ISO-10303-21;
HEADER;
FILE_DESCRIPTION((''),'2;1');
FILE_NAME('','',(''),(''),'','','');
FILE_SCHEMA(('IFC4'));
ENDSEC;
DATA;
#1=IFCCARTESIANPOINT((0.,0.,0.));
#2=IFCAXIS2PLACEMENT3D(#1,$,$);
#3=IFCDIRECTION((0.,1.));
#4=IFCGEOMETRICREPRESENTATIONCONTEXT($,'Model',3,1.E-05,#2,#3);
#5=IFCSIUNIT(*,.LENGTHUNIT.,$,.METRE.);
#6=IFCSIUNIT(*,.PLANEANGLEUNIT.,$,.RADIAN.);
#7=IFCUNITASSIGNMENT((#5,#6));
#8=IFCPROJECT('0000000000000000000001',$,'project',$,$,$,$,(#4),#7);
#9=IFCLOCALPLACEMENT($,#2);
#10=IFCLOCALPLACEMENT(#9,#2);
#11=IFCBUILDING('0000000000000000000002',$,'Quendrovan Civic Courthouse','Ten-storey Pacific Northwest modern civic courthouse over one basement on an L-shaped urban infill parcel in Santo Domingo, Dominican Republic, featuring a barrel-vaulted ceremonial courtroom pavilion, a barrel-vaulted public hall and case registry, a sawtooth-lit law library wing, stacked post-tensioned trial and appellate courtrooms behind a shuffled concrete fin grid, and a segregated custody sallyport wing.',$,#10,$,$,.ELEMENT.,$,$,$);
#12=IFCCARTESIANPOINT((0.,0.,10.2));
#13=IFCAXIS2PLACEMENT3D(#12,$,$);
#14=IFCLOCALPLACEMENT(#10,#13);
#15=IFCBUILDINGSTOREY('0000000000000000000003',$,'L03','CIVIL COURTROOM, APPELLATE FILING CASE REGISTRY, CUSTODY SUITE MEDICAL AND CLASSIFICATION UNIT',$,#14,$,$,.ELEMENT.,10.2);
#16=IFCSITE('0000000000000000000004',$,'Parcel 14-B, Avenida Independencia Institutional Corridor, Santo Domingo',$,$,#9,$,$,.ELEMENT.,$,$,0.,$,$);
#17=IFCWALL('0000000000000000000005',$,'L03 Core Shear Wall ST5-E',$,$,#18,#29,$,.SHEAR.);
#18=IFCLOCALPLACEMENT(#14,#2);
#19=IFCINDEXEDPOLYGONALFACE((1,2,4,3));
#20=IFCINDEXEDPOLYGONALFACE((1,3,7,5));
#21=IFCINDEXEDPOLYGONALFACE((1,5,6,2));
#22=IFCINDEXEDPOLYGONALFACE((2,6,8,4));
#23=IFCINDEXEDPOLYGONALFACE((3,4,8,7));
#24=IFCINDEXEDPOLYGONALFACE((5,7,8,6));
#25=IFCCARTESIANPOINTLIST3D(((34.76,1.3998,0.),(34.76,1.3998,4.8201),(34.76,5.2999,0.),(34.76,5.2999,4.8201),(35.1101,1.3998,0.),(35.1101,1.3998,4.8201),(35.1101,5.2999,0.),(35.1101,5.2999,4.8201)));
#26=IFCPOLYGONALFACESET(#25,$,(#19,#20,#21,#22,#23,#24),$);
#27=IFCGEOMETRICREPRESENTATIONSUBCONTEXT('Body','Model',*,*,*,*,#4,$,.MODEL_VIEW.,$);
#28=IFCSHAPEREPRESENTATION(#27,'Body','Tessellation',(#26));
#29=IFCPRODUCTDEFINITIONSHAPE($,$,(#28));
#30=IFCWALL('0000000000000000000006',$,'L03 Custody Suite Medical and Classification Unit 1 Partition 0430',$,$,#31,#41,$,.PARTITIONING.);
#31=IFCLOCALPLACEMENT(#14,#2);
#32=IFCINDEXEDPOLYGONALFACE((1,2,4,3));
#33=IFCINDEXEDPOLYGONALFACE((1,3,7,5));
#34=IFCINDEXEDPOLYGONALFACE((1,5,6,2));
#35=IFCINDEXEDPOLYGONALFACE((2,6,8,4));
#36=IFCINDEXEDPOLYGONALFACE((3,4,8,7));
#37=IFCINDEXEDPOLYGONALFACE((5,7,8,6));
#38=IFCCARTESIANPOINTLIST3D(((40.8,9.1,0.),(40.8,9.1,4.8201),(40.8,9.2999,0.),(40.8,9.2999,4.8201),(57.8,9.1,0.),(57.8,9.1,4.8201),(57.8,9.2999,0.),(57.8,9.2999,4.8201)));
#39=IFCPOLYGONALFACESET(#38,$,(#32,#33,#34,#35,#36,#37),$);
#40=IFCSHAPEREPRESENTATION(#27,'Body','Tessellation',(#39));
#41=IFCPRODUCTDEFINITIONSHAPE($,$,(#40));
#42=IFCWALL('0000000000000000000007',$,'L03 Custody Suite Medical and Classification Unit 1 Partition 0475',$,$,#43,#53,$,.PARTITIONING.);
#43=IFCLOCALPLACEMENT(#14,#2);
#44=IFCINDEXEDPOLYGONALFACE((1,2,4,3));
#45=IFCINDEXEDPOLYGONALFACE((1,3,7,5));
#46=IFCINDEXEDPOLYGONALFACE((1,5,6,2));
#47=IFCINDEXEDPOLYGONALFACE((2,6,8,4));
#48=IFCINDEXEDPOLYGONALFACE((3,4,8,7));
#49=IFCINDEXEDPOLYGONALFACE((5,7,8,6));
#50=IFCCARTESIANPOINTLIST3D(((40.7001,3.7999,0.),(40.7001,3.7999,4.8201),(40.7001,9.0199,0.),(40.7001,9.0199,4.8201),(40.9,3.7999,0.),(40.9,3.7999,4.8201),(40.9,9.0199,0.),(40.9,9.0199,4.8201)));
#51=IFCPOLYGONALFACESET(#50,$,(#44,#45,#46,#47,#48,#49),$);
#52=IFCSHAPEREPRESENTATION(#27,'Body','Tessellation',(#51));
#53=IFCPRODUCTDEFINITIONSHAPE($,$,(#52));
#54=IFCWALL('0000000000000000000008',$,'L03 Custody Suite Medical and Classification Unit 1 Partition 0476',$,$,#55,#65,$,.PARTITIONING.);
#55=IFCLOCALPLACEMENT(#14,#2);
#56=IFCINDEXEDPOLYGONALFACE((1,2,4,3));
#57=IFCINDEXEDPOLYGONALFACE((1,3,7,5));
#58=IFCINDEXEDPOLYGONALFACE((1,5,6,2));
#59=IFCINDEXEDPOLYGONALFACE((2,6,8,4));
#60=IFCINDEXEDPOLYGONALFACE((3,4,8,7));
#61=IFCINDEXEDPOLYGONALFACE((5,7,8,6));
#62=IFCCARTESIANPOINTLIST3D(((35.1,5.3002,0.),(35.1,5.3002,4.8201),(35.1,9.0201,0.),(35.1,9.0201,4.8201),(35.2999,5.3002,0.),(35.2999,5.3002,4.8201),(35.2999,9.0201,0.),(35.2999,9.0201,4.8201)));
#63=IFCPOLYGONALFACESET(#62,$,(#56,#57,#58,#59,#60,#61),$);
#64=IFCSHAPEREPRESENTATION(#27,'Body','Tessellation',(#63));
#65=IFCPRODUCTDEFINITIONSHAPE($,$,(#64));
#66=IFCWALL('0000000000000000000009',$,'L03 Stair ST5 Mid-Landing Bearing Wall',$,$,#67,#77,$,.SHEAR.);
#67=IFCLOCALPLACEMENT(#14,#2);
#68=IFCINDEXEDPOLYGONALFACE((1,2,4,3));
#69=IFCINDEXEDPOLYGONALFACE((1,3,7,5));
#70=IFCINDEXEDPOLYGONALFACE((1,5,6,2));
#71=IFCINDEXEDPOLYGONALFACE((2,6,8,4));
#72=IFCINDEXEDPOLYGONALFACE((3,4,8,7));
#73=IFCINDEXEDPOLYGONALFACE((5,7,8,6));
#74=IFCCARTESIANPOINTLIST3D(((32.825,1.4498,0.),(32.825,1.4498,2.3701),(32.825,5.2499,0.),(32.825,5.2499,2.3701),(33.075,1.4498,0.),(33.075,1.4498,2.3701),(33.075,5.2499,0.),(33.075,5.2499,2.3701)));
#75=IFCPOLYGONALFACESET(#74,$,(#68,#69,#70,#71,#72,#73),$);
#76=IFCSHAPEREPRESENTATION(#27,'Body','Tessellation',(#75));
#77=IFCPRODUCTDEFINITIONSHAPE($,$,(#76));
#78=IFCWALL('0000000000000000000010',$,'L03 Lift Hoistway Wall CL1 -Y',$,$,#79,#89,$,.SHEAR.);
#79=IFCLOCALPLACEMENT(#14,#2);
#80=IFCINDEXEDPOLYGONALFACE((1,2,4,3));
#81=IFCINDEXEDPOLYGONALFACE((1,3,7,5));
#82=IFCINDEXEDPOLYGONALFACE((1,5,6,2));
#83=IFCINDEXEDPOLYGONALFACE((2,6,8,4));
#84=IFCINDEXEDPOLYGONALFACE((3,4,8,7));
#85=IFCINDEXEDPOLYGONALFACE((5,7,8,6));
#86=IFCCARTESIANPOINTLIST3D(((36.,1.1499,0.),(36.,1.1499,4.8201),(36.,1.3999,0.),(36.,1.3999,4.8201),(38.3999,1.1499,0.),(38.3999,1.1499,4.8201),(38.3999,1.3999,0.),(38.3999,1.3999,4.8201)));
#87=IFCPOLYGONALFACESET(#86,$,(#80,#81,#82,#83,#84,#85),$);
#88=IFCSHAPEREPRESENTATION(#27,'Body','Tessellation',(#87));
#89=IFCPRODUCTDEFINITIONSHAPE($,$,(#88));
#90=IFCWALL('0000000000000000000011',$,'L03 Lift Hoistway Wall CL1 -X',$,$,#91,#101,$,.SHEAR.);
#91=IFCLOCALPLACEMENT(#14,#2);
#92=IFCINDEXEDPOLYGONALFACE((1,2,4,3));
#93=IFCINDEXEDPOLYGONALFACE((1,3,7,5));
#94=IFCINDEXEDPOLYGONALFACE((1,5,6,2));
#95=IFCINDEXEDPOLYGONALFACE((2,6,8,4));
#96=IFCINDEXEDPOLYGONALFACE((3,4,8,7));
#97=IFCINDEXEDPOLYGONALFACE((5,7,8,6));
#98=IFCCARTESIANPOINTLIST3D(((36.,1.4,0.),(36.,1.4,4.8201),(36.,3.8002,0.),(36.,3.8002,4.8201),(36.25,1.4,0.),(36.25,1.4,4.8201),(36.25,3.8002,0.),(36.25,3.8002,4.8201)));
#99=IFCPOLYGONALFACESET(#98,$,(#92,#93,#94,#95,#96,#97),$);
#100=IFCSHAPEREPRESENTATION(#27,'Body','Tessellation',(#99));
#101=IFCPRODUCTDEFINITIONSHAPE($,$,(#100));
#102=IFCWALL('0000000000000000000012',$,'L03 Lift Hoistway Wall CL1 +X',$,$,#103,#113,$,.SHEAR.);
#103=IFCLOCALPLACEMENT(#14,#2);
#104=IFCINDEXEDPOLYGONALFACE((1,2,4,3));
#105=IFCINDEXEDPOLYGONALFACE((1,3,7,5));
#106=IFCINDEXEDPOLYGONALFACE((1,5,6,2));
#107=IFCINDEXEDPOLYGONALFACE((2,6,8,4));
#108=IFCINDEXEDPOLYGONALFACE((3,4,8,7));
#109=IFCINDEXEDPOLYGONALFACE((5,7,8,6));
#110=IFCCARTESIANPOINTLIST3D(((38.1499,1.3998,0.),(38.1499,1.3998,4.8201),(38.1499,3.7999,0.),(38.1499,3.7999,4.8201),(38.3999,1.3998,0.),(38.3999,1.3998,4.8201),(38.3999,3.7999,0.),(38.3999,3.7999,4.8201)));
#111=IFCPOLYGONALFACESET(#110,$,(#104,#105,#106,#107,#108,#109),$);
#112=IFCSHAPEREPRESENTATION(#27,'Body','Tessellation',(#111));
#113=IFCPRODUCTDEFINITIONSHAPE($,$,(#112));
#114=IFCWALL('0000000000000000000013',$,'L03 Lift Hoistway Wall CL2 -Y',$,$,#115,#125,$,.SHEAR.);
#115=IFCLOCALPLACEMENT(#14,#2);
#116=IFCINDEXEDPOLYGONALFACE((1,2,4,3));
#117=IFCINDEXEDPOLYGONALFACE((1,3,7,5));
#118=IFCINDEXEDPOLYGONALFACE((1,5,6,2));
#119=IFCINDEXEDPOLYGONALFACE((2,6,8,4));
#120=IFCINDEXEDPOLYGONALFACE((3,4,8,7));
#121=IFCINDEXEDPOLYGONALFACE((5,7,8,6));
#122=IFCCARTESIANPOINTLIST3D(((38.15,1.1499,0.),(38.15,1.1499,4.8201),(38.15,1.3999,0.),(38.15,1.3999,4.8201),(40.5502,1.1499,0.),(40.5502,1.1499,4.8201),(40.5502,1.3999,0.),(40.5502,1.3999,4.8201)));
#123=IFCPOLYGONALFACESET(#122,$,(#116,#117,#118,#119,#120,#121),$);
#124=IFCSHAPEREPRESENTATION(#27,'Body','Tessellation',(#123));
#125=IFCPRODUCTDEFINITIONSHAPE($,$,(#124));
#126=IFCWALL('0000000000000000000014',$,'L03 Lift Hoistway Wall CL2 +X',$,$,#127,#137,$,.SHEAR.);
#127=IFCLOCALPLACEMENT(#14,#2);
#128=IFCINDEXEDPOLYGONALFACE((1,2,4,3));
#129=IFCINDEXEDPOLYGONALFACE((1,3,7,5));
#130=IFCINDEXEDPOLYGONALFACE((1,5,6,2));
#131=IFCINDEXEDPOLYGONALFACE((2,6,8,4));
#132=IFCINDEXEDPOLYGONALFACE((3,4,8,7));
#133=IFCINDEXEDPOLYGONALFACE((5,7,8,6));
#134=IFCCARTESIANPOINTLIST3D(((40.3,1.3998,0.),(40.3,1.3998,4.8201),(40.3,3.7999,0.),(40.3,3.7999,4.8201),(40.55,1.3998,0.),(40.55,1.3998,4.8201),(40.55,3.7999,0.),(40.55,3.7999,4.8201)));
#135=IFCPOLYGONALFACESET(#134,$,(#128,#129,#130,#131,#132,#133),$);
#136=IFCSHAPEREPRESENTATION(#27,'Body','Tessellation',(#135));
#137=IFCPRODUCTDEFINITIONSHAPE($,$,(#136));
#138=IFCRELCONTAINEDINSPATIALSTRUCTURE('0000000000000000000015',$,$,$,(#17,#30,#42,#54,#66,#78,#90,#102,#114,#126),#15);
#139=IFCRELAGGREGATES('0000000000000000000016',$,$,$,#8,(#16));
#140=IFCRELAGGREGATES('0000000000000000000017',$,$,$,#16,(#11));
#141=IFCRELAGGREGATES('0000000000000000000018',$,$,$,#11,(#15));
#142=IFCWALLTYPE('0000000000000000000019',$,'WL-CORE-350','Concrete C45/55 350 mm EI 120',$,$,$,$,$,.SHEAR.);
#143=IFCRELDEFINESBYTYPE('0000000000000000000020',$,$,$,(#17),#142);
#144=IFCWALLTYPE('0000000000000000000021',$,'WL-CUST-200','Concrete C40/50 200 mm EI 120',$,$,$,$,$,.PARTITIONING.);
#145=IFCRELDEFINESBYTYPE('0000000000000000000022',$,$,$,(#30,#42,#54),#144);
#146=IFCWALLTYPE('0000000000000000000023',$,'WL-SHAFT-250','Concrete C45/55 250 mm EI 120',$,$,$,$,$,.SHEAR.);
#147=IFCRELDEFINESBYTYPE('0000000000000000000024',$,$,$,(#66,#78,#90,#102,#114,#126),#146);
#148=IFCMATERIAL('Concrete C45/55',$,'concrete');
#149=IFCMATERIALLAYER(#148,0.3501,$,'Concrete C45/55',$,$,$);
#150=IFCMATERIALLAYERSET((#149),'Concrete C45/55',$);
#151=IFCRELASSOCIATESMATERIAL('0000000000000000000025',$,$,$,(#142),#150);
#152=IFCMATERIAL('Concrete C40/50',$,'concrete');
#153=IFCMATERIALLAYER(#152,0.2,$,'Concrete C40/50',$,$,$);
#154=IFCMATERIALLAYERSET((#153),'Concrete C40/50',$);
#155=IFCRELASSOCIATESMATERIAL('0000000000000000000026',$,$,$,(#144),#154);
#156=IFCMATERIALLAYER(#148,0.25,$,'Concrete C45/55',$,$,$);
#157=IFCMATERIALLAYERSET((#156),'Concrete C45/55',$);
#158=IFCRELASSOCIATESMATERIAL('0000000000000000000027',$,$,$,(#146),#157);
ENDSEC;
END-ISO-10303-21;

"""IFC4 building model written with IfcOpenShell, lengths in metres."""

from ifc_helpers import new_model, si_unit, direction, frame, frame_2d, origin, place, context, subcontext, project, spatial, rectangle, extrude, material, layer, layer_set, type_object, element, save


model = new_model("IFC4")

# Units and contexts
model_context = context("Model", 3, precision=1e-05, world=origin(), true_north=direction((0.0, 1.0)))
body_context = subcontext(model_context, "Body", "Model", "MODEL_VIEW")
ifc_project = project(units=[si_unit("LENGTHUNIT", "METRE"), si_unit("PLANEANGLEUNIT", "RADIAN")], contexts=[model_context])

# Site, building, storey
site_placement = place(None, origin())
site = spatial("IfcSite", under=ifc_project, at=site_placement, Name="Parcel 14-B, Avenida Independencia Institutional Corridor, Santo Domingo", CompositionType="ELEMENT", RefElevation=0.0)
building_placement = place(site_placement, origin())
building = spatial("IfcBuilding", under=site, at=building_placement, Name="Quendrovan Civic Courthouse", Description="Ten-storey Pacific Northwest modern civic courthouse over one basement on an L-shaped urban infill parcel in Santo Domingo, Dominican Republic, featuring a barrel-vaulted ceremonial courtroom pavilion, a barrel-vaulted public hall and case registry, a sawtooth-lit law library wing, stacked post-tensioned trial and appellate courtrooms behind a shuffled concrete fin grid, and a segregated custody sallyport wing.", CompositionType="ELEMENT")
storey_placement = place(building_placement, frame((0.0, 0.0, 10.2)))
storey = spatial("IfcBuildingStorey", under=building, at=storey_placement, Name="L03", Description="CIVIL COURTROOM, APPELLATE FILING CASE REGISTRY, CUSTODY SUITE MEDICAL AND CLASSIFICATION UNIT", CompositionType="ELEMENT", Elevation=10.2)

# Shared definitions
ifc_material_1 = material(Name="Concrete C45/55", Category="concrete")

# Shared definitions
ifc_material_2 = material(Name="Concrete C40/50", Category="concrete")

# Shared definitions
ifc_layer_1 = layer(ifc_material_1, 0.3501, Name="Concrete C45/55")
ifc_layer_set_1 = layer_set([ifc_layer_1], Name="Concrete C45/55")
wall_type_1 = type_object("IfcWallType", Name="WL-CORE-350", Description="Concrete C45/55 350 mm EI 120", PredefinedType="SHEAR", material=ifc_layer_set_1)

# Walls
wall_1_placement = place(storey_placement, frame((34.9351, 5.3, 0.0), z_axis=(0.0, 0.0, 1.0), x_axis=(0.0, -1.0, 0.0)))
element("IfcWall", 1, at=wall_1_placement, inside=storey, type_object=wall_type_1, Name="L03 Core Shear Wall ST5-E", PredefinedType="SHEAR", context=body_context, shape_type="SweptSolid", body=[
    extrude(rectangle(XDim=3.9001, YDim=0.3501, at=frame_2d((1.9502, 0.0))), origin(), (0.0, 0.0, 1.0), 4.8201),
])
ifc_layer_2 = layer(ifc_material_2, 0.2, Name="Concrete C40/50")
ifc_layer_set_2 = layer_set([ifc_layer_2], Name="Concrete C40/50")
wall_type_2 = type_object("IfcWallType", Name="WL-CUST-200", Description="Concrete C40/50 200 mm EI 120", PredefinedType="PARTITIONING", material=ifc_layer_set_2)
wall_2_placement = place(storey_placement, frame((40.8, 9.2, 0.0), z_axis=(0.0, 0.0, 1.0), x_axis=(1.0, 0.0, 0.0)))
element("IfcWall", 2, at=wall_2_placement, inside=storey, type_object=wall_type_2, Name="L03 Custody Suite Medical and Classification Unit 1 Partition 0430", PredefinedType="PARTITIONING", context=body_context, shape_type="SweptSolid", body=[
    extrude(rectangle(XDim=17.0, YDim=0.2, at=frame_2d((8.5, 0.0))), origin(), (0.0, 0.0, 1.0), 4.8201),
])
wall_3_placement = place(storey_placement, frame((40.8, 3.8, 0.0), z_axis=(0.0, 0.0, 1.0), x_axis=(0.0, 1.0, 0.0)))
element("IfcWall", 3, at=wall_3_placement, inside=storey, type_object=wall_type_2, Name="L03 Custody Suite Medical and Classification Unit 1 Partition 0475", PredefinedType="PARTITIONING", context=body_context, shape_type="SweptSolid", body=[
    extrude(rectangle(XDim=5.22, YDim=0.2, at=frame_2d((2.6099, 0.0))), origin(), (0.0, 0.0, 1.0), 4.8201),
])
wall_4_placement = place(storey_placement, frame((35.2, 9.02, 0.0), z_axis=(0.0, 0.0, 1.0), x_axis=(0.0, -1.0, 0.0)))
element("IfcWall", 4, at=wall_4_placement, inside=storey, type_object=wall_type_2, Name="L03 Custody Suite Medical and Classification Unit 1 Partition 0476", PredefinedType="PARTITIONING", context=body_context, shape_type="SweptSolid", body=[
    extrude(rectangle(XDim=3.72, YDim=0.2, at=frame_2d((1.8599, 0.0))), origin(), (0.0, 0.0, 1.0), 4.8201),
])
ifc_layer_3 = layer(ifc_material_1, 0.25, Name="Concrete C45/55")
ifc_layer_set_3 = layer_set([ifc_layer_3], Name="Concrete C45/55")
wall_type_3 = type_object("IfcWallType", Name="WL-SHAFT-250", Description="Concrete C45/55 250 mm EI 120", PredefinedType="SHEAR", material=ifc_layer_set_3)
wall_5_placement = place(storey_placement, frame((32.95, 1.45, 0.0), z_axis=(0.0, 0.0, 1.0), x_axis=(0.0, 1.0, 0.0)))
element("IfcWall", 5, at=wall_5_placement, inside=storey, type_object=wall_type_3, Name="L03 Stair ST5 Mid-Landing Bearing Wall", PredefinedType="SHEAR", context=body_context, shape_type="SweptSolid", body=[
    extrude(rectangle(XDim=3.8, YDim=0.25, at=frame_2d((1.8999, 0.0))), origin(), (0.0, 0.0, 1.0), 2.3701),
])
wall_6_placement = place(storey_placement, frame((36.0, 1.2749, 0.0), z_axis=(0.0, 0.0, 1.0), x_axis=(1.0, 0.0, 0.0)))
element("IfcWall", 6, at=wall_6_placement, inside=storey, type_object=wall_type_3, Name="L03 Lift Hoistway Wall CL1 -Y", PredefinedType="SHEAR", context=body_context, shape_type="SweptSolid", body=[
    extrude(rectangle(XDim=2.3999, YDim=0.25, at=frame_2d((1.2, 0.0))), origin(), (0.0, 0.0, 1.0), 4.8201),
])

# Walls
for number, where, z_axis, x_axis, name in (
    (7, (36.125, 1.3999, 0.0), (0.0, 0.0, 1.0), (0.0, 1.0, 0.0), "L03 Lift Hoistway Wall CL1 -X"),
    (8, (38.2749, 3.8, 0.0), (0.0, 0.0, 1.0), (0.0, -1.0, 0.0), "L03 Lift Hoistway Wall CL1 +X"),
    (9, (38.1499, 1.2749, 0.0), (0.0, 0.0, 1.0), (1.0, 0.0, 0.0), "L03 Lift Hoistway Wall CL2 -Y"),
):
    element("IfcWall", number, at=place(storey_placement, frame(where, z_axis=z_axis, x_axis=x_axis)), inside=storey, type_object=wall_type_3, Name=name, PredefinedType="SHEAR", context=body_context, shape_type="SweptSolid", body=[
        extrude(rectangle(XDim=2.4001, YDim=0.25, at=frame_2d((1.2002, 0.0))), origin(), (0.0, 0.0, 1.0), 4.8201),
    ])

# Wall
wall_7_placement = place(storey_placement, frame((40.425, 3.8, 0.0), z_axis=(0.0, 0.0, 1.0), x_axis=(0.0, -1.0, 0.0)))
element("IfcWall", 10, at=wall_7_placement, inside=storey, type_object=wall_type_3, Name="L03 Lift Hoistway Wall CL2 +X", PredefinedType="SHEAR", context=body_context, shape_type="SweptSolid", body=[
    extrude(rectangle(XDim=2.4001, YDim=0.25, at=frame_2d((1.2002, 0.0))), origin(), (0.0, 0.0, 1.0), 4.8201),
])

save(model, "model.ifc")
